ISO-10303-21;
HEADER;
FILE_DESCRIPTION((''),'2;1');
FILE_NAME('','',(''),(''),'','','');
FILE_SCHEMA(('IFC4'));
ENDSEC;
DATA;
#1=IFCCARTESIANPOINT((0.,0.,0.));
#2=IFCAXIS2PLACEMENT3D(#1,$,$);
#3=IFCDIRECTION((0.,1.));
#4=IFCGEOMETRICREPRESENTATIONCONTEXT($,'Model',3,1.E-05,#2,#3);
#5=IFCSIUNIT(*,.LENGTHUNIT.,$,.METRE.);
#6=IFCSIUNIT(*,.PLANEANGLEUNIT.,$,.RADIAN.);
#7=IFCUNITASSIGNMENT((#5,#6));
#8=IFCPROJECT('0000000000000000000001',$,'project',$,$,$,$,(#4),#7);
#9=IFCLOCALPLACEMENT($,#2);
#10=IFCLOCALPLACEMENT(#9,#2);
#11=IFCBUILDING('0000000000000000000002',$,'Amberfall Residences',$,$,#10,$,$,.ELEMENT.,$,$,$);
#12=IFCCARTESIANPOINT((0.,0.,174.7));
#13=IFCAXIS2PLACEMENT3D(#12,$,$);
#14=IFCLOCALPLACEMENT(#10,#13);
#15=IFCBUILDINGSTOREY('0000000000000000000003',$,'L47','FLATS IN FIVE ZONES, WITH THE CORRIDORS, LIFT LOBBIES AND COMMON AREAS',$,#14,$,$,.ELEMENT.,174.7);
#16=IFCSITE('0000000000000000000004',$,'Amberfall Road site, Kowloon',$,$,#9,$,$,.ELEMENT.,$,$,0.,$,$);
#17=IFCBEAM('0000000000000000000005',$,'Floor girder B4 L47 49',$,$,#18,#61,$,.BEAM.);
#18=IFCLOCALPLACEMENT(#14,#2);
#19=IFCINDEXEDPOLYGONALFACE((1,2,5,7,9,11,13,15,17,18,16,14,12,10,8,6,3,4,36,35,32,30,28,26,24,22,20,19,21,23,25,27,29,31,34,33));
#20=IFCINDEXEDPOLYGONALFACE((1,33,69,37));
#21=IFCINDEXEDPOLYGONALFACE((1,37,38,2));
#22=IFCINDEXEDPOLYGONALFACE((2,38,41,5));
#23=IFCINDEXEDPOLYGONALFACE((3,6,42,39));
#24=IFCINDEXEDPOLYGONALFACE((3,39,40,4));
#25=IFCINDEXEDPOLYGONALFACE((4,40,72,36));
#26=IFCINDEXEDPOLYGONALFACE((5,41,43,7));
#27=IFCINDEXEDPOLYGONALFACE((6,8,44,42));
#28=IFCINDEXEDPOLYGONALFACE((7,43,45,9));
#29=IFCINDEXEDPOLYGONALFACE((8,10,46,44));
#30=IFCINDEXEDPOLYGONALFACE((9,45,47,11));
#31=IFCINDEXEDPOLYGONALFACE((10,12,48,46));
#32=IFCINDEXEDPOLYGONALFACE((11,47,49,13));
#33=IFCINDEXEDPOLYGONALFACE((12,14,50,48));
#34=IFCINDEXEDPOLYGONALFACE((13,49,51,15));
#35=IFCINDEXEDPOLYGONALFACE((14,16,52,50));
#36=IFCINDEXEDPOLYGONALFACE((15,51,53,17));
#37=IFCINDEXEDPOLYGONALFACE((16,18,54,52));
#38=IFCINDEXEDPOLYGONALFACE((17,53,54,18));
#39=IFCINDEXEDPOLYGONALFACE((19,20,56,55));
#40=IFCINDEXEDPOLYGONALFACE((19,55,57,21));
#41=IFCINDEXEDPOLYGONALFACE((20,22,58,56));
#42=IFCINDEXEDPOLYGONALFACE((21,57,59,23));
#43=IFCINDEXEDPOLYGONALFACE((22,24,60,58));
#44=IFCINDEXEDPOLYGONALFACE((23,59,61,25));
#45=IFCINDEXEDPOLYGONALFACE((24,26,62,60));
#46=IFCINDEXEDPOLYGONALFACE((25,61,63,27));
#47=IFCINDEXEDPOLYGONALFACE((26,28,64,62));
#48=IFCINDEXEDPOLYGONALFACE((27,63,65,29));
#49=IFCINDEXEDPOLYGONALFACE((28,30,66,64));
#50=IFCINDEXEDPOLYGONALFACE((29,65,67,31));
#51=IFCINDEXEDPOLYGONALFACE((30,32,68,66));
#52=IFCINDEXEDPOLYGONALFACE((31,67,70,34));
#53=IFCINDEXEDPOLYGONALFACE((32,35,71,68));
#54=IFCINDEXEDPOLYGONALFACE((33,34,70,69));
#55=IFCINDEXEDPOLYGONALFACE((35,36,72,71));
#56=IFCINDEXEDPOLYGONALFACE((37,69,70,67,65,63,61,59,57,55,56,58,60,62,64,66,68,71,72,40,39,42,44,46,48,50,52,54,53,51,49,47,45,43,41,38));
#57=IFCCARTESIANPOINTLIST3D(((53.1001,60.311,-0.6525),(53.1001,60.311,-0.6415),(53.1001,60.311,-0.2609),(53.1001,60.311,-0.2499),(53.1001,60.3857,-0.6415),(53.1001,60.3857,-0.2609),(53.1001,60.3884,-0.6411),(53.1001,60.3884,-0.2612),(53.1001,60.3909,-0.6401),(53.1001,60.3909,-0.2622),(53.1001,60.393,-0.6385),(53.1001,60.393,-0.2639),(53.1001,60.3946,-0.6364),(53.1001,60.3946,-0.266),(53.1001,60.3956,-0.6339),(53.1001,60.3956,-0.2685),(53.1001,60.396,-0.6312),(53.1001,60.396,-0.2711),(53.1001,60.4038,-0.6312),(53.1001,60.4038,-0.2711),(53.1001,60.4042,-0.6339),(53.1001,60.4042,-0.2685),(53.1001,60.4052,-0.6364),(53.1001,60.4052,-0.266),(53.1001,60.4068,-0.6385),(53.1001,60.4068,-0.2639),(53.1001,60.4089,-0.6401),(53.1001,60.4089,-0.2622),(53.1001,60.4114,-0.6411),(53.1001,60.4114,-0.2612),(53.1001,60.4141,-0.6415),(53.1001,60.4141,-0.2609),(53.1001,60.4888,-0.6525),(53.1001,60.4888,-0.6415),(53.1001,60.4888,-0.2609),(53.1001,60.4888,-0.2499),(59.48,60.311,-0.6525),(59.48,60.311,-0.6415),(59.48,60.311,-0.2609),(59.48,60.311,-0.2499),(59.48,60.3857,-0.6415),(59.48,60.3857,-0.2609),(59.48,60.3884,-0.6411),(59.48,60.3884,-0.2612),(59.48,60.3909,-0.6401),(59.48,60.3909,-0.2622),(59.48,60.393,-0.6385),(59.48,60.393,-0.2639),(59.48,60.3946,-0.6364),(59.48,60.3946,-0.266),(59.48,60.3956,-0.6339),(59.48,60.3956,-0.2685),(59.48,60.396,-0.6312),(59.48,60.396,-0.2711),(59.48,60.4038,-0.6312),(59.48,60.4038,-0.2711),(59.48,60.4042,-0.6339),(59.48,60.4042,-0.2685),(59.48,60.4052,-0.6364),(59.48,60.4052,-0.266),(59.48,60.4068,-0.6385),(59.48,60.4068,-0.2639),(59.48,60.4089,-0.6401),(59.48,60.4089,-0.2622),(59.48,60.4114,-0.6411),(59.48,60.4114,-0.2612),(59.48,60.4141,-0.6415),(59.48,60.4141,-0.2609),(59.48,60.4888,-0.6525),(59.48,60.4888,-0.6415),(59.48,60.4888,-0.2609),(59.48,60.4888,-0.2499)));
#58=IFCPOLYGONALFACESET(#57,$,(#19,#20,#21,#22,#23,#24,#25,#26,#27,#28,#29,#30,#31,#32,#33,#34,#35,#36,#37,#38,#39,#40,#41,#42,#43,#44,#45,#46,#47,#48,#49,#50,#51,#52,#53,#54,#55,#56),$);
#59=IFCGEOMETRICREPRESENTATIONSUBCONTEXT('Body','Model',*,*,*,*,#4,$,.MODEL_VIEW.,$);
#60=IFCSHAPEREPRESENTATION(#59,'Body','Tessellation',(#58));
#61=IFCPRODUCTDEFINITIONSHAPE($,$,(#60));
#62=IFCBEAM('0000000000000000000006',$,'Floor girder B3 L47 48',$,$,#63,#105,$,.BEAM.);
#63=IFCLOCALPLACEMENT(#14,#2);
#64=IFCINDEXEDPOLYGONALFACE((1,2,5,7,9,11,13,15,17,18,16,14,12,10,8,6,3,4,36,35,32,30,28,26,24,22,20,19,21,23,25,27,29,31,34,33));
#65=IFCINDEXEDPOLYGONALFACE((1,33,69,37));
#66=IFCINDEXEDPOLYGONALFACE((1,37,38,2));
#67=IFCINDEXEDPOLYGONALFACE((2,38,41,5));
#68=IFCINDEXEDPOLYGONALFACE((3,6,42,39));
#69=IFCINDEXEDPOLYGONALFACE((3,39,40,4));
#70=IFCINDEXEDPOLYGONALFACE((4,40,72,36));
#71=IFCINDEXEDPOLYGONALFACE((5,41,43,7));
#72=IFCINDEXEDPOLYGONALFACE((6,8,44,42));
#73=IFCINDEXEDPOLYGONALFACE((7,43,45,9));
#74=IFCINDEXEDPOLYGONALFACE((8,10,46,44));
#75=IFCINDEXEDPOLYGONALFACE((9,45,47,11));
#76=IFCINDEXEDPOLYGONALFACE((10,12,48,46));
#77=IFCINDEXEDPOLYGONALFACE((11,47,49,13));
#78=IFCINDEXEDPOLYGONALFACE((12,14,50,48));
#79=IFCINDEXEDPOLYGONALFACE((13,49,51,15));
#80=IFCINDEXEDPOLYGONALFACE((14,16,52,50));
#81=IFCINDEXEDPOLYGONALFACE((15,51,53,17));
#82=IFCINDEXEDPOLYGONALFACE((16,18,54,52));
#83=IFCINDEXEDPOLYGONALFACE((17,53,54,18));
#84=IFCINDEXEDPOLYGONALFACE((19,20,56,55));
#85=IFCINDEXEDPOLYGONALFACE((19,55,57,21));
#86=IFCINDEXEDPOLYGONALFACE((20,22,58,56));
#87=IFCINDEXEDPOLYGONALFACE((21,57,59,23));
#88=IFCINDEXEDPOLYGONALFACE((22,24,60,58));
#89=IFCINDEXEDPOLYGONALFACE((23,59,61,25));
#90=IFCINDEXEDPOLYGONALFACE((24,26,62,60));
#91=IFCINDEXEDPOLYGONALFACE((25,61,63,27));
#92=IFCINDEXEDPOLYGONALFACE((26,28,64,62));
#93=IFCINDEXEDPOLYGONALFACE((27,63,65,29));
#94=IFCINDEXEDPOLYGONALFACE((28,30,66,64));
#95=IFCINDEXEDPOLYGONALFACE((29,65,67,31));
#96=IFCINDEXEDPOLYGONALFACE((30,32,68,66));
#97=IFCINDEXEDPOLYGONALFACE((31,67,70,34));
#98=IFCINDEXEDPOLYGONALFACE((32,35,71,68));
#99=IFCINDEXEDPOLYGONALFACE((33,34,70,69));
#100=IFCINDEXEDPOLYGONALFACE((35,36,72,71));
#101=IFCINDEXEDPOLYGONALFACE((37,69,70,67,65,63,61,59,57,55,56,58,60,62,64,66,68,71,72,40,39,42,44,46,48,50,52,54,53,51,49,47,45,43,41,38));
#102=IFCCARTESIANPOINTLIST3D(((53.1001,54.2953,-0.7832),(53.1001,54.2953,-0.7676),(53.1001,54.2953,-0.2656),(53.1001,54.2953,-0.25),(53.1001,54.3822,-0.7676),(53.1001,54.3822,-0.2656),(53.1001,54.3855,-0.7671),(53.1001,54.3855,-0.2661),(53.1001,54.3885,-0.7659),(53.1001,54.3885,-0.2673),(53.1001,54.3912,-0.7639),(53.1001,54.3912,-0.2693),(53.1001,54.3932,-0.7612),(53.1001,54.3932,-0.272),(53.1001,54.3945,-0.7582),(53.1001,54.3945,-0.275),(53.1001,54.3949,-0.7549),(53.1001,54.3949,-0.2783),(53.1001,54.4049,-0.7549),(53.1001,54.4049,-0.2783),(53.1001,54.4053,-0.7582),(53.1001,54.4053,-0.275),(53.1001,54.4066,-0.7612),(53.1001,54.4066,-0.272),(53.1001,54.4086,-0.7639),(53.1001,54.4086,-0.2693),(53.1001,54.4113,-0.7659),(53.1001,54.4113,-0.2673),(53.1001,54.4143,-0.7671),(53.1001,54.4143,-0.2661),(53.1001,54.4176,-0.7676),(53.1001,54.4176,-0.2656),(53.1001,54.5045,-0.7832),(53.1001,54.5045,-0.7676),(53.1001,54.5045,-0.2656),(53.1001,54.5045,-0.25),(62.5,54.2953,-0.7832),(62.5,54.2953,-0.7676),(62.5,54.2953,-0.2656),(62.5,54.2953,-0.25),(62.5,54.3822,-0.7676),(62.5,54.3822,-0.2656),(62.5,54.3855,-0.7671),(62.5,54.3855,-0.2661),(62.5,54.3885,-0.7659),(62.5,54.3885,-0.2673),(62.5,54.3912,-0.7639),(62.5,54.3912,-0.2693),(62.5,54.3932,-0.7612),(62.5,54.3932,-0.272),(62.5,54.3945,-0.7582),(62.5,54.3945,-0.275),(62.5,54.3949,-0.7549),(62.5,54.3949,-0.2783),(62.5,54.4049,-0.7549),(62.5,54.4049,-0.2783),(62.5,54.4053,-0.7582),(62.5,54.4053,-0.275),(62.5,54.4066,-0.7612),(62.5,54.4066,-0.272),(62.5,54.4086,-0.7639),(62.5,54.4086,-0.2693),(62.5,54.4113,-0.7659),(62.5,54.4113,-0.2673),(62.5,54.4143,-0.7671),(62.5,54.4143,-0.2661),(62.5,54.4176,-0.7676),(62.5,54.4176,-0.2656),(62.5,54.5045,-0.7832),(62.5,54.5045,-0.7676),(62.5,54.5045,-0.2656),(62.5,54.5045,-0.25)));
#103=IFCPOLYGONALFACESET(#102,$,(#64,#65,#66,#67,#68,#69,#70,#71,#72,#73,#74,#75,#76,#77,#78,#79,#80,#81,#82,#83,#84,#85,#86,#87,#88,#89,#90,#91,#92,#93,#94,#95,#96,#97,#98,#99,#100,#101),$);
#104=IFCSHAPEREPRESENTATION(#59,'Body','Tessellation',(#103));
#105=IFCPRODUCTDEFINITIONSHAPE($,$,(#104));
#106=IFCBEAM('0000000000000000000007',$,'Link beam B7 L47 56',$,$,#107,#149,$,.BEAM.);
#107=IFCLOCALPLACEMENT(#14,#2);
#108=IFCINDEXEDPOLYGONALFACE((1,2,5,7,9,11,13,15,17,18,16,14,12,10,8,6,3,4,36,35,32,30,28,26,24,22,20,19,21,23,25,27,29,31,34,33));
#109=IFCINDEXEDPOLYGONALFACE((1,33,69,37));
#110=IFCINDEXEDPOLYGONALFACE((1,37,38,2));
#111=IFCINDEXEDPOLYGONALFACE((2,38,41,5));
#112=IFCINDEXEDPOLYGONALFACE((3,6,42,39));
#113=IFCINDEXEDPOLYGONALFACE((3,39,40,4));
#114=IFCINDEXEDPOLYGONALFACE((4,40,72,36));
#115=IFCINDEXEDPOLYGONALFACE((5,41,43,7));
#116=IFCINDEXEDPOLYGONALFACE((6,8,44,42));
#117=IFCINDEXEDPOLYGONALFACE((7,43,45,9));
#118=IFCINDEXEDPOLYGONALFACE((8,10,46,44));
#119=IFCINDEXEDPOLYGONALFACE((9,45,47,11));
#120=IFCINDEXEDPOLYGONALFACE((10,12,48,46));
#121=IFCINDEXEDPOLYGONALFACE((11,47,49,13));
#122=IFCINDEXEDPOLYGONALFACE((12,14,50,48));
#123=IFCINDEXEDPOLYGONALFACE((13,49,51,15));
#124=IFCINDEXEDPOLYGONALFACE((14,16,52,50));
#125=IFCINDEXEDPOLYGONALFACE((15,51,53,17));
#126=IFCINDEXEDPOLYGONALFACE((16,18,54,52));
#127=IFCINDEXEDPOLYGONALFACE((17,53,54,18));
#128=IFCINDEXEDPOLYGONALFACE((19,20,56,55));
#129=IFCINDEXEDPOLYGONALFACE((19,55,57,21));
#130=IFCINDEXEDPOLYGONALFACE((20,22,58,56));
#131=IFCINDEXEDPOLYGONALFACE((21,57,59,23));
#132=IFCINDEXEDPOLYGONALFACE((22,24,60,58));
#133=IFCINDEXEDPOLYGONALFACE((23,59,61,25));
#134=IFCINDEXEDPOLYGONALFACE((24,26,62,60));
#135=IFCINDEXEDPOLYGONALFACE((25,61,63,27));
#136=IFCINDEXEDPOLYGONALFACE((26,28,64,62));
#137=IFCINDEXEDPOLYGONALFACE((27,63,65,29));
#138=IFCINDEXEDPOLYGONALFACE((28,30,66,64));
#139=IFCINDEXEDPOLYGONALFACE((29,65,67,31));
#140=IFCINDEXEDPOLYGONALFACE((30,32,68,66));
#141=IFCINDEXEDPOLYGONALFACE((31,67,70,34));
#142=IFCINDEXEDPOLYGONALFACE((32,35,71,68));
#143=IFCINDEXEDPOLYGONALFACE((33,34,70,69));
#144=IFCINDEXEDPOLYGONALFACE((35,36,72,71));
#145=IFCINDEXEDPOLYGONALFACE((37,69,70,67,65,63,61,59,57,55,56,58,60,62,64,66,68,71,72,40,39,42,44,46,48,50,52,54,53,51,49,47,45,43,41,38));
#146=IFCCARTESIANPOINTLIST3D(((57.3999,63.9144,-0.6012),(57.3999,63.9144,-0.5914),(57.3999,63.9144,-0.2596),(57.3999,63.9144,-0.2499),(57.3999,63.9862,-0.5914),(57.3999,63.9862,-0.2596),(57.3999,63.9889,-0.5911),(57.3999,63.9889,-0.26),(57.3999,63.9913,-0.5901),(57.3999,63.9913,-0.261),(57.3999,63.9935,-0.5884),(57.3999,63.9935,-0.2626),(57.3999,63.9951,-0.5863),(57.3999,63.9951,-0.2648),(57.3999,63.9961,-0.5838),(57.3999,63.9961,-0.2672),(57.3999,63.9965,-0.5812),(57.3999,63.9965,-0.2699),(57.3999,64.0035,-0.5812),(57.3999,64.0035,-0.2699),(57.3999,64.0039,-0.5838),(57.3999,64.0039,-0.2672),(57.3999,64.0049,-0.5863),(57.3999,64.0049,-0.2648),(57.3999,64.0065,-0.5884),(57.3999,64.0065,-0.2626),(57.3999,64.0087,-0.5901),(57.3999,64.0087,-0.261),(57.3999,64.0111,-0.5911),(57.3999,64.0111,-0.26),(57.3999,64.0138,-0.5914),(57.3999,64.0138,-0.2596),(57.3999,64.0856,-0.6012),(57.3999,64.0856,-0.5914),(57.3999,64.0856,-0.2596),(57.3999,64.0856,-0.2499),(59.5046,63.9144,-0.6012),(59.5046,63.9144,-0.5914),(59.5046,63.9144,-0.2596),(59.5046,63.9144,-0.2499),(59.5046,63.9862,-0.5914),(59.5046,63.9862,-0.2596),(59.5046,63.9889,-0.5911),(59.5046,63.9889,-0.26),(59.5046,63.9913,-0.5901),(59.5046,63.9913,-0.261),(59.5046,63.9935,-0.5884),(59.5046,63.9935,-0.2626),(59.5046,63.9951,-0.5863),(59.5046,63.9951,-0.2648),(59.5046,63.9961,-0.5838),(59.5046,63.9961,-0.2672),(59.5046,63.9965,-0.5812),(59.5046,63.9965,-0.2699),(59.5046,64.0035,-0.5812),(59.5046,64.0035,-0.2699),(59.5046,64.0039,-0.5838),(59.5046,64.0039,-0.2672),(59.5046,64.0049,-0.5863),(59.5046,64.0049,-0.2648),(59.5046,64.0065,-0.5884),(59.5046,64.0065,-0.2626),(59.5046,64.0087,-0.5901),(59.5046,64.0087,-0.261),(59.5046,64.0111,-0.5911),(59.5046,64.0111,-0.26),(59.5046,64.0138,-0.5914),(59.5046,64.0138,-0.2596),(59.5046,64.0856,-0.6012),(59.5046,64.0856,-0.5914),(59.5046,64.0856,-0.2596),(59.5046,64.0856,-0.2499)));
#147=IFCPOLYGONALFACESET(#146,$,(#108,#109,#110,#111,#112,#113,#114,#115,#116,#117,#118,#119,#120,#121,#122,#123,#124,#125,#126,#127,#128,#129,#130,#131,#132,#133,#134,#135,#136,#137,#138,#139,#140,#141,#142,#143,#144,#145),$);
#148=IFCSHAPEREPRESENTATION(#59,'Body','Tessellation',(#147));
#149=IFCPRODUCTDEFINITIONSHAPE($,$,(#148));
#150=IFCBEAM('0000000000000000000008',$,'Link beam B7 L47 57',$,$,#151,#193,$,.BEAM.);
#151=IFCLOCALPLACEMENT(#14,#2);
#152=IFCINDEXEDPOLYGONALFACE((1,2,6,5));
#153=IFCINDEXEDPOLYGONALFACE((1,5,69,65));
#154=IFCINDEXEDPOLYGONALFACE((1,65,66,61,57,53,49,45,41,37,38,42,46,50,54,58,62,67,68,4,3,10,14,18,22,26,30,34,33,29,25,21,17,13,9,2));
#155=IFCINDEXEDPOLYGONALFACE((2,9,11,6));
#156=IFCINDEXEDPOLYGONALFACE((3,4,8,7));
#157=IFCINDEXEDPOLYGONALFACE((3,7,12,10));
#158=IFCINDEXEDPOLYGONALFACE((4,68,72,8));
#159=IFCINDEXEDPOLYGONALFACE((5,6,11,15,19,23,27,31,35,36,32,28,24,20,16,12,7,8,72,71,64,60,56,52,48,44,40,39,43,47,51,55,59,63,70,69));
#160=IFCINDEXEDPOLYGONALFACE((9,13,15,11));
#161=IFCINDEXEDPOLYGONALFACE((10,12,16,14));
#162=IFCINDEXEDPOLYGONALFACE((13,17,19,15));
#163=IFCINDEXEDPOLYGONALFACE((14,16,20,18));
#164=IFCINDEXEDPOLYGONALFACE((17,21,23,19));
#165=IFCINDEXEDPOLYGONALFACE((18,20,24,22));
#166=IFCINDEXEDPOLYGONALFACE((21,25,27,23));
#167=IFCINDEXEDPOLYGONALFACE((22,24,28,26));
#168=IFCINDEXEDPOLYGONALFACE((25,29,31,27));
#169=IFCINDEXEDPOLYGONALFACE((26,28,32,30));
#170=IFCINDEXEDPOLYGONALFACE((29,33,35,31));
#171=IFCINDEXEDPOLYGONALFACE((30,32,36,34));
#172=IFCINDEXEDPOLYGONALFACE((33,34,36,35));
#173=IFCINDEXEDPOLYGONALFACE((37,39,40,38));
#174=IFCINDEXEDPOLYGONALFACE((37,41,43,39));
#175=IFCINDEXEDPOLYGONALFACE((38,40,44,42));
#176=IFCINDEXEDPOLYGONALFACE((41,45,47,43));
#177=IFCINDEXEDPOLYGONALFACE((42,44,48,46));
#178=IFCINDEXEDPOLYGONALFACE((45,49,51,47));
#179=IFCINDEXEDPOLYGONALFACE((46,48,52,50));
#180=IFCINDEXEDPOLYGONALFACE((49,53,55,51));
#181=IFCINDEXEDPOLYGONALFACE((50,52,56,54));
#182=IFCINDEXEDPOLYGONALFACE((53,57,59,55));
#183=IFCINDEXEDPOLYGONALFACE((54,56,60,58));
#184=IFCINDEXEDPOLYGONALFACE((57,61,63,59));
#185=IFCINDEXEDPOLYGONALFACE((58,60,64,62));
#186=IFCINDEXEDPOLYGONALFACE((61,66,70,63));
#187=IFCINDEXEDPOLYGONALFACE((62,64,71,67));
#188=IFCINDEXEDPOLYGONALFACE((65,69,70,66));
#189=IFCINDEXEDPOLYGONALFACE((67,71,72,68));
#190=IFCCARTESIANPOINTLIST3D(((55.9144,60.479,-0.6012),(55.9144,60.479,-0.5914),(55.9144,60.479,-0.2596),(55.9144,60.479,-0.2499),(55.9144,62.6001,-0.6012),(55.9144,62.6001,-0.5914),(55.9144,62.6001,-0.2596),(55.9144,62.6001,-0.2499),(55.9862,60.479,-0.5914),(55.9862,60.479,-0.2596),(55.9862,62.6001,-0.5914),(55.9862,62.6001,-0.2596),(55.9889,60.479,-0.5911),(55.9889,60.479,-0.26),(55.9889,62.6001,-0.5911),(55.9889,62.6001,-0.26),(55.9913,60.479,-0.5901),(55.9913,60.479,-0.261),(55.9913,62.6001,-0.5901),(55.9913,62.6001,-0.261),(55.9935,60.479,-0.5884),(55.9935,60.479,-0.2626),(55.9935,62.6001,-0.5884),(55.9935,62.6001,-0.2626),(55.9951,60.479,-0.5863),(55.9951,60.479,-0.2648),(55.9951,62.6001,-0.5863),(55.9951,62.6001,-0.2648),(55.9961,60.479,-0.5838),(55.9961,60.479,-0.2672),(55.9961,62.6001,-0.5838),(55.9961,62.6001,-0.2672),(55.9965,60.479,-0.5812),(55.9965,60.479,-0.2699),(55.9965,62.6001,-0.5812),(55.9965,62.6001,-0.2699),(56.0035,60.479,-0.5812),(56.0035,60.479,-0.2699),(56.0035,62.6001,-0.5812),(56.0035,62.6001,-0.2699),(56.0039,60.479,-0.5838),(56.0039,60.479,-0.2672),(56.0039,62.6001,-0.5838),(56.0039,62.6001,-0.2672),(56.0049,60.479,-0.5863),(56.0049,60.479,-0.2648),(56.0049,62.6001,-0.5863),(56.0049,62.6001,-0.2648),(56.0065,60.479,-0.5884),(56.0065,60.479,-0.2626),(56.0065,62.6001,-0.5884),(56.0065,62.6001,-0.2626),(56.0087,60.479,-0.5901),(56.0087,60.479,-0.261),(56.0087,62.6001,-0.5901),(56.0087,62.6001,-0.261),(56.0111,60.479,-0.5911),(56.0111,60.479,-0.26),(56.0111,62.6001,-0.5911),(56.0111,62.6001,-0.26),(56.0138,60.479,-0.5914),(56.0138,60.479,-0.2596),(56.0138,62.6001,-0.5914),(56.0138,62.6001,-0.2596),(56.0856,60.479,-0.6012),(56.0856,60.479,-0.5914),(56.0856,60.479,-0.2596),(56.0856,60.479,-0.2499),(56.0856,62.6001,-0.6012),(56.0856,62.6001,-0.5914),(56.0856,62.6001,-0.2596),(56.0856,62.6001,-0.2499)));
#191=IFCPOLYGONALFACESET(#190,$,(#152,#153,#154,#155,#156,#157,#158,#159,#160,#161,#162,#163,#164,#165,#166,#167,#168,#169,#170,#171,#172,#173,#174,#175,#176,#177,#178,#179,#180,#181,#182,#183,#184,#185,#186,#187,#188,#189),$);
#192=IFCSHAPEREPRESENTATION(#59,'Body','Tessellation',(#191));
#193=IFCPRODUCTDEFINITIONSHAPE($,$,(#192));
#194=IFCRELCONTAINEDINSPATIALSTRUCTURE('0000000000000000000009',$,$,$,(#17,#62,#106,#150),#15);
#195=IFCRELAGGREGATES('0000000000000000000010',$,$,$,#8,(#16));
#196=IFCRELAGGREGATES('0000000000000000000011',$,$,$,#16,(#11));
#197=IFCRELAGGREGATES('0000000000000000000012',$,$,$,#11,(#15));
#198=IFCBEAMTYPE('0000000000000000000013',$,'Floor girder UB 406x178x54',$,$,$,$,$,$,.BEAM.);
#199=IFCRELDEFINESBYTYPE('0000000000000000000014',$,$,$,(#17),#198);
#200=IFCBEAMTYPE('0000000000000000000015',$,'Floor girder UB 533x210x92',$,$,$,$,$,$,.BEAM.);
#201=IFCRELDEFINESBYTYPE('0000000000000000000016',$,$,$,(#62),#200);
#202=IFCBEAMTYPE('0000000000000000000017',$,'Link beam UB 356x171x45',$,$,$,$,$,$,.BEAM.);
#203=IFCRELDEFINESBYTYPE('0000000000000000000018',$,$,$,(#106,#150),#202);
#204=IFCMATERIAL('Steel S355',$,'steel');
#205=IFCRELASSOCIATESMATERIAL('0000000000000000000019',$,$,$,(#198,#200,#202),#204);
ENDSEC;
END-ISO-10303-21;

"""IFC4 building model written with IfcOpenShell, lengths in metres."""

from ifc_helpers import new_model, si_unit, direction, frame, origin, origin_2d, place, context, subcontext, project, spatial, i_section, extrude, material, material_profile, profile_set, type_object, element, save


model = new_model("IFC4")

# Units and contexts
model_context = context("Model", 3, precision=1e-05, world=origin(), true_north=direction((0.0, 1.0)))
body_context = subcontext(model_context, "Body", "Model", "MODEL_VIEW")
ifc_project = project(units=[si_unit("LENGTHUNIT", "METRE"), si_unit("PLANEANGLEUNIT", "RADIAN")], contexts=[model_context])

# Site, building, storey
site_placement = place(None, origin())
site = spatial("IfcSite", under=ifc_project, at=site_placement, Name="Amberfall Road site, Kowloon", CompositionType="ELEMENT", RefElevation=0.0)
building_placement = place(site_placement, origin())
building = spatial("IfcBuilding", under=site, at=building_placement, Name="Amberfall Residences", CompositionType="ELEMENT")
storey_placement = place(building_placement, frame((0.0, 0.0, 174.7)))
storey = spatial("IfcBuildingStorey", under=building, at=storey_placement, Name="L47", Description="FLATS IN FIVE ZONES, WITH THE CORRIDORS, LIFT LOBBIES AND COMMON AREAS", CompositionType="ELEMENT", Elevation=174.7)

# Shared definitions
ifc_material_1 = material(Name="Steel S355", Category="steel")

# Beams
ifc_material_profile_1 = material_profile(ifc_material_1, i_section(OverallWidth=0.1777, OverallDepth=0.4026, WebThickness=0.0078, FlangeThickness=0.011, FilletRadius=0.0103, at=origin_2d()), Name="UB 406x178x54")
ifc_profile_set_1 = profile_set([ifc_material_profile_1], Name="Steel S355")
beam_type_1 = type_object("IfcBeamType", Name="Floor girder UB 406x178x54", PredefinedType="BEAM", material=ifc_profile_set_1)
beam_1_placement = place(storey_placement, frame((53.1001, 60.3999, -0.4512), z_axis=(1.0, 0.0, 0.0), x_axis=(0.0, 1.0, 0.0)))
element("IfcBeam", 1, at=beam_1_placement, inside=storey, type_object=beam_type_1, Name="Floor girder B4 L47 49", PredefinedType="BEAM", context=body_context, shape_type="SweptSolid", body=[
    extrude(i_section(OverallWidth=0.1777, OverallDepth=0.4026, WebThickness=0.0078, FlangeThickness=0.011, FilletRadius=0.0103, at=origin_2d()), origin(), (0.0, 0.0, 1.0), 6.3799),
])
ifc_material_profile_2 = material_profile(ifc_material_1, i_section(OverallWidth=0.2092, OverallDepth=0.5332, WebThickness=0.01, FlangeThickness=0.0156, FilletRadius=0.0127, at=origin_2d()), Name="UB 533x210x92")
ifc_profile_set_2 = profile_set([ifc_material_profile_2], Name="Steel S355")
beam_type_2 = type_object("IfcBeamType", Name="Floor girder UB 533x210x92", PredefinedType="BEAM", material=ifc_profile_set_2)
beam_2_placement = place(storey_placement, frame((53.1001, 54.3999, -0.5166), z_axis=(1.0, 0.0, 0.0), x_axis=(0.0, 1.0, 0.0)))
element("IfcBeam", 2, at=beam_2_placement, inside=storey, type_object=beam_type_2, Name="Floor girder B3 L47 48", PredefinedType="BEAM", context=body_context, shape_type="SweptSolid", body=[
    extrude(i_section(OverallWidth=0.2092, OverallDepth=0.5332, WebThickness=0.01, FlangeThickness=0.0156, FilletRadius=0.0127, at=origin_2d()), origin(), (0.0, 0.0, 1.0), 9.3999),
])
ifc_material_profile_3 = material_profile(ifc_material_1, i_section(OverallWidth=0.1711, OverallDepth=0.3513, WebThickness=0.0071, FlangeThickness=0.0098, FilletRadius=0.0103, at=origin_2d()), Name="UB 356x171x45")
ifc_profile_set_3 = profile_set([ifc_material_profile_3], Name="Steel S355")
beam_type_3 = type_object("IfcBeamType", Name="Link beam UB 356x171x45", PredefinedType="BEAM", material=ifc_profile_set_3)
beam_3_placement = place(storey_placement, frame((57.3999, 64.0, -0.4255), z_axis=(1.0, 0.0, 0.0), x_axis=(0.0, 1.0, 0.0)))
element("IfcBeam", 3, at=beam_3_placement, inside=storey, type_object=beam_type_3, Name="Link beam B7 L47 56", PredefinedType="BEAM", context=body_context, shape_type="SweptSolid", body=[
    extrude(i_section(OverallWidth=0.1711, OverallDepth=0.3513, WebThickness=0.0071, FlangeThickness=0.0098, FilletRadius=0.0103, at=origin_2d()), origin(), (0.0, 0.0, 1.0), 2.1047),
])
beam_4_placement = place(storey_placement, frame((56.0, 62.6001, -0.4255), z_axis=(0.0, -1.0, 0.0), x_axis=(1.0, 0.0, 0.0)))
element("IfcBeam", 4, at=beam_4_placement, inside=storey, type_object=beam_type_3, Name="Link beam B7 L47 57", PredefinedType="BEAM", context=body_context, shape_type="SweptSolid", body=[
    extrude(i_section(OverallWidth=0.1711, OverallDepth=0.3513, WebThickness=0.0071, FlangeThickness=0.0098, FilletRadius=0.0103, at=origin_2d()), origin(), (0.0, 0.0, 1.0), 2.1211),
])

save(model, "model.ifc")
